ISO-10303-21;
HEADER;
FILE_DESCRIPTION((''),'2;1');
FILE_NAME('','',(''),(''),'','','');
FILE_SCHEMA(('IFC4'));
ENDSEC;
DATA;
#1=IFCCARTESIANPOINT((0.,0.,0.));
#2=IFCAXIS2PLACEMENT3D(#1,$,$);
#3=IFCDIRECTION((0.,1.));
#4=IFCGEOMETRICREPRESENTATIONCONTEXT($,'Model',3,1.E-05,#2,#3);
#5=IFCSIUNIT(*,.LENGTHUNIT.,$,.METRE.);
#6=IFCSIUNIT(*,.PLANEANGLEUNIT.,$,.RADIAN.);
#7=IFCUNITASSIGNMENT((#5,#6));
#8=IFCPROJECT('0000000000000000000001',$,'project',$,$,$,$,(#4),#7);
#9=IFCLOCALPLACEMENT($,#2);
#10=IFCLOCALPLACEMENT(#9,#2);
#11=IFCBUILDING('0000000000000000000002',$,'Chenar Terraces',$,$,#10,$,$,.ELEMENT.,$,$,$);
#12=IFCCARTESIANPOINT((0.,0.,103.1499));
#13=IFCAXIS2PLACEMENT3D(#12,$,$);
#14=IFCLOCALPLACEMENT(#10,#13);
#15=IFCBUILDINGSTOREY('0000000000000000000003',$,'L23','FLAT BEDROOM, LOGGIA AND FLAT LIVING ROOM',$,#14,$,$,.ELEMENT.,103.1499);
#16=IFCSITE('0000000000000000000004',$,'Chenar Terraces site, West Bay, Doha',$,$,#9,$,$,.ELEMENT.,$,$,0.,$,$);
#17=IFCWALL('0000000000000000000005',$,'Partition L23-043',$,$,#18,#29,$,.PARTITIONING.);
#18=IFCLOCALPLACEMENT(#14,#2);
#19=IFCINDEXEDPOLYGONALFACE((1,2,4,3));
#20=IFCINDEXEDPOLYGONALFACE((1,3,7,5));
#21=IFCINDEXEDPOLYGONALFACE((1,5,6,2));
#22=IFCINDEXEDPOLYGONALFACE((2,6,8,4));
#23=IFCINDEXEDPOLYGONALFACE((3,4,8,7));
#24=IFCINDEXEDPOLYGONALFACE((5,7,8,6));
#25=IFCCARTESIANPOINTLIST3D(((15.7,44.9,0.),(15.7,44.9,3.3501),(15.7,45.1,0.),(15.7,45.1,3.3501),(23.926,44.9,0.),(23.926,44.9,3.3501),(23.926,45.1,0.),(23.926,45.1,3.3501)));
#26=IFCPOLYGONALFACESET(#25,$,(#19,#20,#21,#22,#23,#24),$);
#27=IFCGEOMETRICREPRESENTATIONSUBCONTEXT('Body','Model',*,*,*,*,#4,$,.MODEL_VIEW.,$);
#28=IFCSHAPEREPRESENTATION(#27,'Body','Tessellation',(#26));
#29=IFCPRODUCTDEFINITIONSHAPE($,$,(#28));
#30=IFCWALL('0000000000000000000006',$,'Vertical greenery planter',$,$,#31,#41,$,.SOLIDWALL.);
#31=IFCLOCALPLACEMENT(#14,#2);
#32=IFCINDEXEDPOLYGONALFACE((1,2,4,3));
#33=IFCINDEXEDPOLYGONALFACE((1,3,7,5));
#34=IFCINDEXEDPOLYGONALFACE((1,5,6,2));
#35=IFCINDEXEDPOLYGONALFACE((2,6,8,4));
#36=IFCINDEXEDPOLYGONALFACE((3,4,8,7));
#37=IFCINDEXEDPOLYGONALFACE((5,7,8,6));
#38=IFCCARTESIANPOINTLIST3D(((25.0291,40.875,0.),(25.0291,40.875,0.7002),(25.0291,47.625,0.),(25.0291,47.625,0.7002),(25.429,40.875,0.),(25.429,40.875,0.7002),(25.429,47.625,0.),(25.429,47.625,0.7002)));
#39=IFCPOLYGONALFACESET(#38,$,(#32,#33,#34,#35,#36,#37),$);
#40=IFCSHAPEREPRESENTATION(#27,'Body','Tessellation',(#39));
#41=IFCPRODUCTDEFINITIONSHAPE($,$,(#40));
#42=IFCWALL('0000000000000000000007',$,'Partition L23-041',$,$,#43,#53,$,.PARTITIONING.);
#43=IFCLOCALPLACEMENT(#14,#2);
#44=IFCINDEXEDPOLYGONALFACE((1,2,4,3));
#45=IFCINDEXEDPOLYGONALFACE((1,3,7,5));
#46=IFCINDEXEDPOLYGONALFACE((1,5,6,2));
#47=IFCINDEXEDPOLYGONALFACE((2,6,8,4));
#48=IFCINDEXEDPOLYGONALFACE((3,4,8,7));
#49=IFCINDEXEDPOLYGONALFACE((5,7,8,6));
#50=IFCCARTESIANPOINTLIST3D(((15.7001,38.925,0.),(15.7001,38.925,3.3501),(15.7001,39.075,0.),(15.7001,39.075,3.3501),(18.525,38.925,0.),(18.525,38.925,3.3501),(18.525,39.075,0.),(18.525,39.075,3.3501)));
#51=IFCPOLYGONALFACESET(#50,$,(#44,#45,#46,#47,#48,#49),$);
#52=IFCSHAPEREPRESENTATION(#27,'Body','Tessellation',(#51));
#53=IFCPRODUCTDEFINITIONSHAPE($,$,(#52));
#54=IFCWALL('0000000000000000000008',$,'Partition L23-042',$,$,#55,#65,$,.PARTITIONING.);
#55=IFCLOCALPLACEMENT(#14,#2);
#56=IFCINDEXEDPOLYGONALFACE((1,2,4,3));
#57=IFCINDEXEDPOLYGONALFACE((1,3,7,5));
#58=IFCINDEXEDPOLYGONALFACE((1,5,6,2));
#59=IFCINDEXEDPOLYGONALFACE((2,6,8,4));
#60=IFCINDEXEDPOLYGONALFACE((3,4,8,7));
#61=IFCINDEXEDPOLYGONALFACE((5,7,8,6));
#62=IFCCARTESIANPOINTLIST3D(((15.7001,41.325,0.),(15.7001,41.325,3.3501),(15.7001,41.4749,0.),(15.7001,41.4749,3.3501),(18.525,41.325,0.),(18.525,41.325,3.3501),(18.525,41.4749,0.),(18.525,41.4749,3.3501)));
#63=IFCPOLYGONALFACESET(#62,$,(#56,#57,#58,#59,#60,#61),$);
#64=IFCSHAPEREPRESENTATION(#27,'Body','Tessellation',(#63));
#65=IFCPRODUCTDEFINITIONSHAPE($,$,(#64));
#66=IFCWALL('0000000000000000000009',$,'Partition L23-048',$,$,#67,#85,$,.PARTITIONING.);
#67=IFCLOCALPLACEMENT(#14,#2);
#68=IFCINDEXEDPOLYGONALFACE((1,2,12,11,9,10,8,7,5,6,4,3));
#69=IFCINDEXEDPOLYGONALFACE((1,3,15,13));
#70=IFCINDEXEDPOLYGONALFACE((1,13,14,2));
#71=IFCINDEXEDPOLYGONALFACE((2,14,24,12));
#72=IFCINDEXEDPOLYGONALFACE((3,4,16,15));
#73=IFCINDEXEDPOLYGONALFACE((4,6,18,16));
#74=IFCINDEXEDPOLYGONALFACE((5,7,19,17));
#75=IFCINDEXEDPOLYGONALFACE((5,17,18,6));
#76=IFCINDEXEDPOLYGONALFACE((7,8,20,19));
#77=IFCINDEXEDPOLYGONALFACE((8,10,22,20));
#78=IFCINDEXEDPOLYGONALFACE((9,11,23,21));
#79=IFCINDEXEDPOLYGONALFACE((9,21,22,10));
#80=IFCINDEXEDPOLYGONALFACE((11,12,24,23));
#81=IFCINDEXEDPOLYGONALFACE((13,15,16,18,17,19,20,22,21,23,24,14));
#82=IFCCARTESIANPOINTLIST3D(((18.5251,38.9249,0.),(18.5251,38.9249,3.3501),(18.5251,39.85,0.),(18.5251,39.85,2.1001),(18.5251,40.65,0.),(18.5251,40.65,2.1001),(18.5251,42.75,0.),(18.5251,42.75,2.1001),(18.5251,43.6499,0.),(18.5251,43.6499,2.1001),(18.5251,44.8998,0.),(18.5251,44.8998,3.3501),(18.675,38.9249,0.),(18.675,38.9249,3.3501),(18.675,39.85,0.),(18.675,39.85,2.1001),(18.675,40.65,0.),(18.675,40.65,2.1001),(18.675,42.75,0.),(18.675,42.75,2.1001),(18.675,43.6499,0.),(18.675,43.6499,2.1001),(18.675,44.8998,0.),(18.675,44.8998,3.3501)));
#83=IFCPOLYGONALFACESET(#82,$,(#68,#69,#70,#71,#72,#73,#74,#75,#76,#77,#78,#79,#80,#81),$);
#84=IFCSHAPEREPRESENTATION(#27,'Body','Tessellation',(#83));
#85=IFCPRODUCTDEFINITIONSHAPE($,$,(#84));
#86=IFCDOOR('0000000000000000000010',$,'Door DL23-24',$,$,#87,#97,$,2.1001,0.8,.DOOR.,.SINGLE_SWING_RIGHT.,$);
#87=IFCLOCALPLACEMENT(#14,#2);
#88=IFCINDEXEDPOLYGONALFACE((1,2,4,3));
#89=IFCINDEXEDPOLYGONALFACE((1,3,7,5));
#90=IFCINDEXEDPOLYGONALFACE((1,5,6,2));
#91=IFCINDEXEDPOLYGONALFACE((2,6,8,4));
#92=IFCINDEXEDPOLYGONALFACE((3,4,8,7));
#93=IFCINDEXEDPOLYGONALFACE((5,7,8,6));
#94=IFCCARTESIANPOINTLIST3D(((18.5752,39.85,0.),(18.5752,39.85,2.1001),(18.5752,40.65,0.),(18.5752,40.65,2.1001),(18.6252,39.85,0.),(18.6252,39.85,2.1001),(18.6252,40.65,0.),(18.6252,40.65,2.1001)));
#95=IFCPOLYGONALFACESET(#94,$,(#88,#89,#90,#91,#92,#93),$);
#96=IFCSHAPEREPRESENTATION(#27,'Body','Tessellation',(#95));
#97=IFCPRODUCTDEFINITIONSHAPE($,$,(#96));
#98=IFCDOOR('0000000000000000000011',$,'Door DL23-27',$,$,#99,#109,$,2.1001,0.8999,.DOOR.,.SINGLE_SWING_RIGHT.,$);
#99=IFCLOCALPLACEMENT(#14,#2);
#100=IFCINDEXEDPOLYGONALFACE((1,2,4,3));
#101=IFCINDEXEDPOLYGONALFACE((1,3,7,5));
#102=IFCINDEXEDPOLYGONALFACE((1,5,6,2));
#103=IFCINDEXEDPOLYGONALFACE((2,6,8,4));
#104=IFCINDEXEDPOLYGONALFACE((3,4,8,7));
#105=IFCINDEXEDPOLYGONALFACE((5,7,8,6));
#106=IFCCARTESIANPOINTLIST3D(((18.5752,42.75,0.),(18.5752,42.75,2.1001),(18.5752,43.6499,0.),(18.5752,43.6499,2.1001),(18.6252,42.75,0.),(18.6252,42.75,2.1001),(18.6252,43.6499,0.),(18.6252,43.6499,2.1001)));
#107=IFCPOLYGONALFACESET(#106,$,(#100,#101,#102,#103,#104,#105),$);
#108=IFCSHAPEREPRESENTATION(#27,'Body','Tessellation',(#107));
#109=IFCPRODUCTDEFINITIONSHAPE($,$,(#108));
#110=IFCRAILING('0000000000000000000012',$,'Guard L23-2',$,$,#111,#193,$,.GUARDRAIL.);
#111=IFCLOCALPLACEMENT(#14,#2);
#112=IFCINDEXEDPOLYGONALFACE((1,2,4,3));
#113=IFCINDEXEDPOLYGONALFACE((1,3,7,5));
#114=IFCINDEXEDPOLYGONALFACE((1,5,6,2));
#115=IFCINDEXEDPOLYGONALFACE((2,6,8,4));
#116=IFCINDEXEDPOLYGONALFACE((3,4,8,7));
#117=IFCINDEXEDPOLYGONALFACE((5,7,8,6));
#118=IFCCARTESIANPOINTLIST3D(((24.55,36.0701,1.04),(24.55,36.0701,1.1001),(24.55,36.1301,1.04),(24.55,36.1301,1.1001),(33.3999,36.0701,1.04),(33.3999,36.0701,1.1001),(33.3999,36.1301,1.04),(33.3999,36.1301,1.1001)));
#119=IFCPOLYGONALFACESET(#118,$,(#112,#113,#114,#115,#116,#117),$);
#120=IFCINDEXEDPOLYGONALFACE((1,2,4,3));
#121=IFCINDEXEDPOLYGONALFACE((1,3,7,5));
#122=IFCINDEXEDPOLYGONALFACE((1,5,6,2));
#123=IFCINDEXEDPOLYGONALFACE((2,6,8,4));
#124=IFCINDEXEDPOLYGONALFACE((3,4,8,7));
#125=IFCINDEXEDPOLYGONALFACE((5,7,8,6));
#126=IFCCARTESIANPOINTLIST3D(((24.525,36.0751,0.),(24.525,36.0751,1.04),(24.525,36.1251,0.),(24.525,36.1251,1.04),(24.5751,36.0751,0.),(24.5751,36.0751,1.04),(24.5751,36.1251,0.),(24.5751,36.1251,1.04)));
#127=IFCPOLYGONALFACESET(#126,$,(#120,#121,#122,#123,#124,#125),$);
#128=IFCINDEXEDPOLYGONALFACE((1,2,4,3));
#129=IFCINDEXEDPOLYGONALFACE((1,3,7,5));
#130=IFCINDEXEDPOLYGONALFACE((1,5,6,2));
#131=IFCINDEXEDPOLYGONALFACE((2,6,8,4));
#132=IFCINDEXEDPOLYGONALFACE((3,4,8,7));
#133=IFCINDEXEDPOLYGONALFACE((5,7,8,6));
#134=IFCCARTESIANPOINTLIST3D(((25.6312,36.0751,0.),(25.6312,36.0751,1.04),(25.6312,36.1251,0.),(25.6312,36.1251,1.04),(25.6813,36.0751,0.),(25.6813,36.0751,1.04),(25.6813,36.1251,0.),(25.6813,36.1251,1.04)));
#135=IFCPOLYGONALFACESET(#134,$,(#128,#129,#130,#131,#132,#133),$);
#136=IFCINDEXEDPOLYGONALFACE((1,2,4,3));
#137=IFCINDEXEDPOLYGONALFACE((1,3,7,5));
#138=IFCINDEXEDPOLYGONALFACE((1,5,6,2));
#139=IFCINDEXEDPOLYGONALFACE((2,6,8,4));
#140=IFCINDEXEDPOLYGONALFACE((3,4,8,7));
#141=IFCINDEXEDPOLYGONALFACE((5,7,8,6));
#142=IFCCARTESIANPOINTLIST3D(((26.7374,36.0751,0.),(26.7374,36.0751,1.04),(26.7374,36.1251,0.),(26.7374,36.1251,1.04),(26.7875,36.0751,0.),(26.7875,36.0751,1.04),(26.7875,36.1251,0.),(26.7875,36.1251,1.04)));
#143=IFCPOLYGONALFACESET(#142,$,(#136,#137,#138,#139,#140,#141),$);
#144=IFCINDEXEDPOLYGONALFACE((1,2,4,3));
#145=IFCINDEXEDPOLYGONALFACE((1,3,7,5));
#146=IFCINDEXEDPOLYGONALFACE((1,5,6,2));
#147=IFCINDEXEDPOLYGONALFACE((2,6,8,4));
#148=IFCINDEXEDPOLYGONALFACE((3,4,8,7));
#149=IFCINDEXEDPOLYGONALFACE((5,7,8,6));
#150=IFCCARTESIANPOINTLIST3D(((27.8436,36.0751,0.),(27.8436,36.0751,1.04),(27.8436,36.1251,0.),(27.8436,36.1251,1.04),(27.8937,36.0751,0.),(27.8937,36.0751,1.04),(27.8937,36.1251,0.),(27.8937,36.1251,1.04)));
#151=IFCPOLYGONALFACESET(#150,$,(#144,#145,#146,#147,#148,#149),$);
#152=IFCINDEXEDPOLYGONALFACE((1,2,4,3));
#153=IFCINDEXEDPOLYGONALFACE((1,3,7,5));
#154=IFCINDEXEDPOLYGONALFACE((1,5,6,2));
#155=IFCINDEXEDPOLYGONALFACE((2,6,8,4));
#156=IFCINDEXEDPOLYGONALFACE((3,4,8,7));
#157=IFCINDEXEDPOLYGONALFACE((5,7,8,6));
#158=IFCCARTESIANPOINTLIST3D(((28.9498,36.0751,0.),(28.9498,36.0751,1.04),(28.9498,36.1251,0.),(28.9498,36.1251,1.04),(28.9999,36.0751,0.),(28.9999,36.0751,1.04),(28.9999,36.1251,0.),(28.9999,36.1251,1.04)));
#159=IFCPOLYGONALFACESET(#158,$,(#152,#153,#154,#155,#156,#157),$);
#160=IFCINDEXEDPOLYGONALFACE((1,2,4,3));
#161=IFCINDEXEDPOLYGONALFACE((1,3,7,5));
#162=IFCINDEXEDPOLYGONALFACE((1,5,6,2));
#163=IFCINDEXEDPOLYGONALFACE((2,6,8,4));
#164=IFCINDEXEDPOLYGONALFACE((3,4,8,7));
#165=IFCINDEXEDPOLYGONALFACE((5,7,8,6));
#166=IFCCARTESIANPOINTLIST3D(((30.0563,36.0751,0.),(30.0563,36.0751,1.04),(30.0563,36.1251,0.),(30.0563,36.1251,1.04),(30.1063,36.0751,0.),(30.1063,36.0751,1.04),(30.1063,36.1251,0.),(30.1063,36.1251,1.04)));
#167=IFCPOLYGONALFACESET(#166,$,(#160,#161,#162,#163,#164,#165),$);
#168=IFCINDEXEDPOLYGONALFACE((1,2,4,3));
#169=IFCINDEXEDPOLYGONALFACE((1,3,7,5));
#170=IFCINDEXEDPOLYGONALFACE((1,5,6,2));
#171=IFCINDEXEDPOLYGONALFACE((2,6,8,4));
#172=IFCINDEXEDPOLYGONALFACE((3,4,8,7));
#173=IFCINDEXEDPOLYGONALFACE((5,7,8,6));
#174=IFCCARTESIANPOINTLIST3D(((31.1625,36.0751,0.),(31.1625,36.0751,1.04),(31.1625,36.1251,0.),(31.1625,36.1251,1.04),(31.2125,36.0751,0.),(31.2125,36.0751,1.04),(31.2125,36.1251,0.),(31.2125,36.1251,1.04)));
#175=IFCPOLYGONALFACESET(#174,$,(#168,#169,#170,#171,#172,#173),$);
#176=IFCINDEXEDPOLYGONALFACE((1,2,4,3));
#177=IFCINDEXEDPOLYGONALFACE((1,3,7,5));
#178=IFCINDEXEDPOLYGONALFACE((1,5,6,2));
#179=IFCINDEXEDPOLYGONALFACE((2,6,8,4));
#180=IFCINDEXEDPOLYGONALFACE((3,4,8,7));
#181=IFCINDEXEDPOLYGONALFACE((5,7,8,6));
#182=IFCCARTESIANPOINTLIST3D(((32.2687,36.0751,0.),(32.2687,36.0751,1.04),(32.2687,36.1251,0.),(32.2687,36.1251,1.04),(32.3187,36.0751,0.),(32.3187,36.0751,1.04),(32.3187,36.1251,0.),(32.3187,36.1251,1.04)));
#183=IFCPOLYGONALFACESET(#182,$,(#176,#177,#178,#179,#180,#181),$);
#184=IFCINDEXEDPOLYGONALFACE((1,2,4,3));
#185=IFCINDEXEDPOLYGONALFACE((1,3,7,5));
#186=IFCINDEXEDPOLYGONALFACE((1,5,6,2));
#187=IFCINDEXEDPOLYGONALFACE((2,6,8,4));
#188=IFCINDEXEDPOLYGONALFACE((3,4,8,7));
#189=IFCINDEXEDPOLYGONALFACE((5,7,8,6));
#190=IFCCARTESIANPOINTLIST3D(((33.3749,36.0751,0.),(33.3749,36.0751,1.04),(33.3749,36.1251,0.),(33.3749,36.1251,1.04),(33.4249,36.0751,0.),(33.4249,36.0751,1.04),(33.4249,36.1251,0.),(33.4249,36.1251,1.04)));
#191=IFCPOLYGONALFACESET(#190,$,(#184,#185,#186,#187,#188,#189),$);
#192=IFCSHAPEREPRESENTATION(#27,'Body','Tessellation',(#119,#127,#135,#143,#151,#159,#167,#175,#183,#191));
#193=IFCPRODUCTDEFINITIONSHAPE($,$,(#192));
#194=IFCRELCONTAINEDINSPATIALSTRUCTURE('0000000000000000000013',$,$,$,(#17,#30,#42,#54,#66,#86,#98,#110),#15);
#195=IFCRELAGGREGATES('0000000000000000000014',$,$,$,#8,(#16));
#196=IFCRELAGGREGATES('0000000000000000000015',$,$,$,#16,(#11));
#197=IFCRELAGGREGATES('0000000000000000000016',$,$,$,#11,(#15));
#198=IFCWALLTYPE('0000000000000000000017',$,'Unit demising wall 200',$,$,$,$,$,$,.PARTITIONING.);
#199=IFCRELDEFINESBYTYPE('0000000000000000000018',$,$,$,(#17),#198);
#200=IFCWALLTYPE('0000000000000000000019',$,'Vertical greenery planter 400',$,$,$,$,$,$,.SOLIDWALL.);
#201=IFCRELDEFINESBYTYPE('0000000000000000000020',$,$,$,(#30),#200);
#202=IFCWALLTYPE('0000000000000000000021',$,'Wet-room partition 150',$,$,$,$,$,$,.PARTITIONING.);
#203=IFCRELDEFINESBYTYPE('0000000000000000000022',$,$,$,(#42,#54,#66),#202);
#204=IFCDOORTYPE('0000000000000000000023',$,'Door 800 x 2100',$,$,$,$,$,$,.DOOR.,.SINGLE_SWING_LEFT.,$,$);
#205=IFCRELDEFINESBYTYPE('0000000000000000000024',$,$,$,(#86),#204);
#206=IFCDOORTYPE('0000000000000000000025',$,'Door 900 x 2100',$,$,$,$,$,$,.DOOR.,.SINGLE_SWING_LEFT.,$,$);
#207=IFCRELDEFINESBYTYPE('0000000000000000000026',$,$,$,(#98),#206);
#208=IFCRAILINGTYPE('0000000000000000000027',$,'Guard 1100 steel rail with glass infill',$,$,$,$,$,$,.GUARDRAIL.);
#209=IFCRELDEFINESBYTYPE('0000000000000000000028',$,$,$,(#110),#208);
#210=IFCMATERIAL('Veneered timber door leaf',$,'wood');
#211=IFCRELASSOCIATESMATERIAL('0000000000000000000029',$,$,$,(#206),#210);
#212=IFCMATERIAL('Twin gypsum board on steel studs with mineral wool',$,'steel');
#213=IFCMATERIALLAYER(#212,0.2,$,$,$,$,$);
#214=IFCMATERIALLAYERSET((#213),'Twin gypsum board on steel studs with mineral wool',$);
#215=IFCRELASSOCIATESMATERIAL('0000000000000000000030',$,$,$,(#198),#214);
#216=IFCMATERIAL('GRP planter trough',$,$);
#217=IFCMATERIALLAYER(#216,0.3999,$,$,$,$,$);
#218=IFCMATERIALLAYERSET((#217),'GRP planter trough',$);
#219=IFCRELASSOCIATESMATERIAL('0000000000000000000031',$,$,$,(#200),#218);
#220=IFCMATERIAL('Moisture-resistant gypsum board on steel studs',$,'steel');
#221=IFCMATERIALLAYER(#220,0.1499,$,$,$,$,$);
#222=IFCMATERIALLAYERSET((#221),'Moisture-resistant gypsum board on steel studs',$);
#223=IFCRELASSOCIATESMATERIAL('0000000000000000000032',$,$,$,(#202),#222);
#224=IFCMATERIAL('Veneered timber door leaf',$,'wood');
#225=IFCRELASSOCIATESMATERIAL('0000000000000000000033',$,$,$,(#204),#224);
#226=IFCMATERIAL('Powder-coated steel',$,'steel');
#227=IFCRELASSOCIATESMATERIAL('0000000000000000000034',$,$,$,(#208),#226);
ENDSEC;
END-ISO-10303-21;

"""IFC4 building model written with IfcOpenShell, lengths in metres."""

from ifc_helpers import new_model, si_unit, direction, frame, frame_2d, origin, origin_2d, place, context, subcontext, project, spatial, rectangle, extrude, material, layer, layer_set, type_object, element, fill, save


model = new_model("IFC4")

# Units and contexts
model_context = context("Model", 3, precision=1e-05, world=origin(), true_north=direction((0.0, 1.0)))
body_context = subcontext(model_context, "Body", "Model", "MODEL_VIEW")
ifc_project = project(units=[si_unit("LENGTHUNIT", "METRE"), si_unit("PLANEANGLEUNIT", "RADIAN")], contexts=[model_context])

# Site, building, storey
site_placement = place(None, origin())
site = spatial("IfcSite", under=ifc_project, at=site_placement, Name="Chenar Terraces site, West Bay, Doha", CompositionType="ELEMENT", RefElevation=0.0)
building_placement = place(site_placement, origin())
building = spatial("IfcBuilding", under=site, at=building_placement, Name="Chenar Terraces", CompositionType="ELEMENT")
storey_placement = place(building_placement, frame((0.0, 0.0, 103.1499)))
storey = spatial("IfcBuildingStorey", under=building, at=storey_placement, Name="L23", Description="FLAT BEDROOM, LOGGIA AND FLAT LIVING ROOM", CompositionType="ELEMENT", Elevation=103.1499)

# Shared definitions
ifc_material_1 = material(Name="Veneered timber door leaf", Category="wood")
door_type_1 = type_object("IfcDoorType", Name="Door 900 x 2100", OperationType="SINGLE_SWING_LEFT", PredefinedType="DOOR", material=ifc_material_1)

# Walls
ifc_material_2 = material(Name="Twin gypsum board on steel studs with mineral wool", Category="steel")
ifc_layer_1 = layer(ifc_material_2, 0.2)
ifc_layer_set_1 = layer_set([ifc_layer_1], Name="Twin gypsum board on steel studs with mineral wool")
wall_type_1 = type_object("IfcWallType", Name="Unit demising wall 200", PredefinedType="PARTITIONING", material=ifc_layer_set_1)
wall_1_placement = place(storey_placement, frame((15.7, 45.0, 0.0), z_axis=(0.0, 0.0, 1.0), x_axis=(1.0, 0.0, 0.0)))
element("IfcWall", 1, at=wall_1_placement, inside=storey, type_object=wall_type_1, Name="Partition L23-043", PredefinedType="PARTITIONING", context=body_context, shape_type="SweptSolid", body=[
    extrude(rectangle(XDim=8.2261, YDim=0.2, at=frame_2d((4.113, 0.0))), origin(), (0.0, 0.0, 1.0), 3.3501),
])
ifc_material_3 = material(Name="GRP planter trough")
ifc_layer_2 = layer(ifc_material_3, 0.3999)
ifc_layer_set_2 = layer_set([ifc_layer_2], Name="GRP planter trough")
wall_type_2 = type_object("IfcWallType", Name="Vertical greenery planter 400", PredefinedType="SOLIDWALL", material=ifc_layer_set_2)
wall_2_placement = place(storey_placement, frame((25.229, 40.875, 0.0), z_axis=(0.0, 0.0, 1.0), x_axis=(0.0, 1.0, 0.0)))
element("IfcWall", 2, at=wall_2_placement, inside=storey, type_object=wall_type_2, Name="Vertical greenery planter", PredefinedType="SOLIDWALL", context=body_context, shape_type="SweptSolid", body=[
    extrude(rectangle(XDim=6.75, YDim=0.3999, at=frame_2d((3.375, 0.0))), origin(), (0.0, 0.0, 1.0), 0.7002),
])
ifc_material_4 = material(Name="Moisture-resistant gypsum board on steel studs", Category="steel")
ifc_layer_3 = layer(ifc_material_4, 0.1499)
ifc_layer_set_3 = layer_set([ifc_layer_3], Name="Moisture-resistant gypsum board on steel studs")
wall_type_3 = type_object("IfcWallType", Name="Wet-room partition 150", PredefinedType="PARTITIONING", material=ifc_layer_set_3)
for number, where, z_axis, x_axis, name in (
    (3, (15.7, 39.0, 0.0), (0.0, 0.0, 1.0), (1.0, 0.0, 0.0), "Partition L23-041"),
    (4, (15.7, 41.3999, 0.0), (0.0, 0.0, 1.0), (1.0, 0.0, 0.0), "Partition L23-042"),
):
    element("IfcWall", number, at=place(storey_placement, frame(where, z_axis=z_axis, x_axis=x_axis)), inside=storey, type_object=wall_type_3, Name=name, PredefinedType="PARTITIONING", context=body_context, shape_type="SweptSolid", body=[
        extrude(rectangle(XDim=2.825, YDim=0.1499, at=frame_2d((1.4126, 0.0))), origin(), (0.0, 0.0, 1.0), 3.3501),
    ])

# Wall, openings, doors
wall_3_placement = place(storey_placement, frame((18.6001, 38.925, 0.0), z_axis=(0.0, 0.0, 1.0), x_axis=(0.0, 1.0, 0.0)))
wall_3 = element("IfcWall", 5, at=wall_3_placement, inside=storey, type_object=wall_type_3, Name="Partition L23-048", PredefinedType="PARTITIONING", context=body_context, shape_type="SweptSolid", body=[
    extrude(rectangle(XDim=5.9749, YDim=0.1499, at=frame_2d((2.9873, 0.0))), origin(), (0.0, 0.0, 1.0), 3.3501),
])
opening_1_placement = place(wall_3_placement, frame((0.925, 0.0, 0.0)))
opening_1 = element("IfcOpeningElement", 6, at=opening_1_placement, cuts=wall_3, PredefinedType="OPENING", context=body_context, shape_type="SweptSolid", body=[
    extrude(rectangle(XDim=0.8, YDim=2.1001, at=frame_2d((0.3999, 1.05))), frame((0.0, 0.085, 0.0), z_axis=(0.0, -1.0, 0.0), x_axis=(1.0, 0.0, 0.0)), (0.0, 0.0, 1.0), 0.1699),
])
opening_2_placement = place(wall_3_placement, frame((3.825, 0.0, 0.0)))
opening_2 = element("IfcOpeningElement", 7, at=opening_2_placement, cuts=wall_3, PredefinedType="OPENING", context=body_context, shape_type="SweptSolid", body=[
    extrude(rectangle(XDim=0.8999, YDim=2.1001, at=frame_2d((0.45, 1.05))), frame((0.0, 0.085, 0.0), z_axis=(0.0, -1.0, 0.0), x_axis=(1.0, 0.0, 0.0)), (0.0, 0.0, 1.0), 0.1699),
])
ifc_material_5 = material(Name="Veneered timber door leaf", Category="wood")
door_type_2 = type_object("IfcDoorType", Name="Door 800 x 2100", OperationType="SINGLE_SWING_LEFT", PredefinedType="DOOR", material=ifc_material_5)
door_1_placement = place(opening_1_placement, origin())
door_1 = element("IfcDoor", 8, at=door_1_placement, inside=storey, type_object=door_type_2, Name="Door DL23-24", OperationType="SINGLE_SWING_RIGHT", OverallHeight=2.1001, OverallWidth=0.8, PredefinedType="DOOR", context=body_context, shape_type="SweptSolid", body=[
    extrude(rectangle(XDim=0.8, YDim=2.1001, at=frame_2d((0.3999, 1.05))), frame((0.0, 0.0249, 0.0), z_axis=(0.0, -1.0, 0.0), x_axis=(1.0, 0.0, 0.0)), (0.0, 0.0, 1.0), 0.05),
])
fill(opening_1, door_1)
door_2_placement = place(opening_2_placement, origin())
door_2 = element("IfcDoor", 9, at=door_2_placement, inside=storey, type_object=door_type_1, Name="Door DL23-27", OperationType="SINGLE_SWING_RIGHT", OverallHeight=2.1001, OverallWidth=0.8999, PredefinedType="DOOR", context=body_context, shape_type="SweptSolid", body=[
    extrude(rectangle(XDim=0.8999, YDim=2.1001, at=frame_2d((0.45, 1.05))), frame((0.0, 0.0249, 0.0), z_axis=(0.0, -1.0, 0.0), x_axis=(1.0, 0.0, 0.0)), (0.0, 0.0, 1.0), 0.05),
])
fill(opening_2, door_2)

# Railing
ifc_material_6 = material(Name="Powder-coated steel", Category="steel")
railing_type = type_object("IfcRailingType", Name="Guard 1100 steel rail with glass infill", PredefinedType="GUARDRAIL", material=ifc_material_6)
railing_placement = place(storey_placement, frame((24.55, 36.1001, 0.0)))
element("IfcRailing", 10, at=railing_placement, inside=storey, type_object=railing_type, Name="Guard L23-2", PredefinedType="GUARDRAIL", context=body_context, shape_type="SweptSolid", body=[
    extrude(rectangle(XDim=0.0601, YDim=0.0601, at=origin_2d()), frame((0.0, 0.0, 1.0701), z_axis=(1.0, 0.0, 0.0), x_axis=(0.0, 1.0, 0.0)), (0.0, 0.0, 1.0), 8.8499),
    extrude(rectangle(XDim=0.05, YDim=0.05, at=origin_2d()), origin(), (0.0, 0.0, 1.0), 1.04),
    extrude(rectangle(XDim=0.05, YDim=0.05, at=origin_2d()), frame((1.1062, 0.0, 0.0)), (0.0, 0.0, 1.0), 1.04),
    extrude(rectangle(XDim=0.05, YDim=0.05, at=origin_2d()), frame((2.2124, 0.0, 0.0)), (0.0, 0.0, 1.0), 1.04),
    extrude(rectangle(XDim=0.05, YDim=0.05, at=origin_2d()), frame((3.3186, 0.0, 0.0)), (0.0, 0.0, 1.0), 1.04),
    extrude(rectangle(XDim=0.05, YDim=0.05, at=origin_2d()), frame((4.4248, 0.0, 0.0)), (0.0, 0.0, 1.0), 1.04),
    extrude(rectangle(XDim=0.05, YDim=0.05, at=origin_2d()), frame((5.5312, 0.0, 0.0)), (0.0, 0.0, 1.0), 1.04),
    extrude(rectangle(XDim=0.05, YDim=0.05, at=origin_2d()), frame((6.6375, 0.0, 0.0)), (0.0, 0.0, 1.0), 1.04),
    extrude(rectangle(XDim=0.05, YDim=0.05, at=origin_2d()), frame((7.7437, 0.0, 0.0)), (0.0, 0.0, 1.0), 1.04),
    extrude(rectangle(XDim=0.05, YDim=0.05, at=origin_2d()), frame((8.8499, 0.0, 0.0)), (0.0, 0.0, 1.0), 1.04),
])

save(model, "model.ifc")
